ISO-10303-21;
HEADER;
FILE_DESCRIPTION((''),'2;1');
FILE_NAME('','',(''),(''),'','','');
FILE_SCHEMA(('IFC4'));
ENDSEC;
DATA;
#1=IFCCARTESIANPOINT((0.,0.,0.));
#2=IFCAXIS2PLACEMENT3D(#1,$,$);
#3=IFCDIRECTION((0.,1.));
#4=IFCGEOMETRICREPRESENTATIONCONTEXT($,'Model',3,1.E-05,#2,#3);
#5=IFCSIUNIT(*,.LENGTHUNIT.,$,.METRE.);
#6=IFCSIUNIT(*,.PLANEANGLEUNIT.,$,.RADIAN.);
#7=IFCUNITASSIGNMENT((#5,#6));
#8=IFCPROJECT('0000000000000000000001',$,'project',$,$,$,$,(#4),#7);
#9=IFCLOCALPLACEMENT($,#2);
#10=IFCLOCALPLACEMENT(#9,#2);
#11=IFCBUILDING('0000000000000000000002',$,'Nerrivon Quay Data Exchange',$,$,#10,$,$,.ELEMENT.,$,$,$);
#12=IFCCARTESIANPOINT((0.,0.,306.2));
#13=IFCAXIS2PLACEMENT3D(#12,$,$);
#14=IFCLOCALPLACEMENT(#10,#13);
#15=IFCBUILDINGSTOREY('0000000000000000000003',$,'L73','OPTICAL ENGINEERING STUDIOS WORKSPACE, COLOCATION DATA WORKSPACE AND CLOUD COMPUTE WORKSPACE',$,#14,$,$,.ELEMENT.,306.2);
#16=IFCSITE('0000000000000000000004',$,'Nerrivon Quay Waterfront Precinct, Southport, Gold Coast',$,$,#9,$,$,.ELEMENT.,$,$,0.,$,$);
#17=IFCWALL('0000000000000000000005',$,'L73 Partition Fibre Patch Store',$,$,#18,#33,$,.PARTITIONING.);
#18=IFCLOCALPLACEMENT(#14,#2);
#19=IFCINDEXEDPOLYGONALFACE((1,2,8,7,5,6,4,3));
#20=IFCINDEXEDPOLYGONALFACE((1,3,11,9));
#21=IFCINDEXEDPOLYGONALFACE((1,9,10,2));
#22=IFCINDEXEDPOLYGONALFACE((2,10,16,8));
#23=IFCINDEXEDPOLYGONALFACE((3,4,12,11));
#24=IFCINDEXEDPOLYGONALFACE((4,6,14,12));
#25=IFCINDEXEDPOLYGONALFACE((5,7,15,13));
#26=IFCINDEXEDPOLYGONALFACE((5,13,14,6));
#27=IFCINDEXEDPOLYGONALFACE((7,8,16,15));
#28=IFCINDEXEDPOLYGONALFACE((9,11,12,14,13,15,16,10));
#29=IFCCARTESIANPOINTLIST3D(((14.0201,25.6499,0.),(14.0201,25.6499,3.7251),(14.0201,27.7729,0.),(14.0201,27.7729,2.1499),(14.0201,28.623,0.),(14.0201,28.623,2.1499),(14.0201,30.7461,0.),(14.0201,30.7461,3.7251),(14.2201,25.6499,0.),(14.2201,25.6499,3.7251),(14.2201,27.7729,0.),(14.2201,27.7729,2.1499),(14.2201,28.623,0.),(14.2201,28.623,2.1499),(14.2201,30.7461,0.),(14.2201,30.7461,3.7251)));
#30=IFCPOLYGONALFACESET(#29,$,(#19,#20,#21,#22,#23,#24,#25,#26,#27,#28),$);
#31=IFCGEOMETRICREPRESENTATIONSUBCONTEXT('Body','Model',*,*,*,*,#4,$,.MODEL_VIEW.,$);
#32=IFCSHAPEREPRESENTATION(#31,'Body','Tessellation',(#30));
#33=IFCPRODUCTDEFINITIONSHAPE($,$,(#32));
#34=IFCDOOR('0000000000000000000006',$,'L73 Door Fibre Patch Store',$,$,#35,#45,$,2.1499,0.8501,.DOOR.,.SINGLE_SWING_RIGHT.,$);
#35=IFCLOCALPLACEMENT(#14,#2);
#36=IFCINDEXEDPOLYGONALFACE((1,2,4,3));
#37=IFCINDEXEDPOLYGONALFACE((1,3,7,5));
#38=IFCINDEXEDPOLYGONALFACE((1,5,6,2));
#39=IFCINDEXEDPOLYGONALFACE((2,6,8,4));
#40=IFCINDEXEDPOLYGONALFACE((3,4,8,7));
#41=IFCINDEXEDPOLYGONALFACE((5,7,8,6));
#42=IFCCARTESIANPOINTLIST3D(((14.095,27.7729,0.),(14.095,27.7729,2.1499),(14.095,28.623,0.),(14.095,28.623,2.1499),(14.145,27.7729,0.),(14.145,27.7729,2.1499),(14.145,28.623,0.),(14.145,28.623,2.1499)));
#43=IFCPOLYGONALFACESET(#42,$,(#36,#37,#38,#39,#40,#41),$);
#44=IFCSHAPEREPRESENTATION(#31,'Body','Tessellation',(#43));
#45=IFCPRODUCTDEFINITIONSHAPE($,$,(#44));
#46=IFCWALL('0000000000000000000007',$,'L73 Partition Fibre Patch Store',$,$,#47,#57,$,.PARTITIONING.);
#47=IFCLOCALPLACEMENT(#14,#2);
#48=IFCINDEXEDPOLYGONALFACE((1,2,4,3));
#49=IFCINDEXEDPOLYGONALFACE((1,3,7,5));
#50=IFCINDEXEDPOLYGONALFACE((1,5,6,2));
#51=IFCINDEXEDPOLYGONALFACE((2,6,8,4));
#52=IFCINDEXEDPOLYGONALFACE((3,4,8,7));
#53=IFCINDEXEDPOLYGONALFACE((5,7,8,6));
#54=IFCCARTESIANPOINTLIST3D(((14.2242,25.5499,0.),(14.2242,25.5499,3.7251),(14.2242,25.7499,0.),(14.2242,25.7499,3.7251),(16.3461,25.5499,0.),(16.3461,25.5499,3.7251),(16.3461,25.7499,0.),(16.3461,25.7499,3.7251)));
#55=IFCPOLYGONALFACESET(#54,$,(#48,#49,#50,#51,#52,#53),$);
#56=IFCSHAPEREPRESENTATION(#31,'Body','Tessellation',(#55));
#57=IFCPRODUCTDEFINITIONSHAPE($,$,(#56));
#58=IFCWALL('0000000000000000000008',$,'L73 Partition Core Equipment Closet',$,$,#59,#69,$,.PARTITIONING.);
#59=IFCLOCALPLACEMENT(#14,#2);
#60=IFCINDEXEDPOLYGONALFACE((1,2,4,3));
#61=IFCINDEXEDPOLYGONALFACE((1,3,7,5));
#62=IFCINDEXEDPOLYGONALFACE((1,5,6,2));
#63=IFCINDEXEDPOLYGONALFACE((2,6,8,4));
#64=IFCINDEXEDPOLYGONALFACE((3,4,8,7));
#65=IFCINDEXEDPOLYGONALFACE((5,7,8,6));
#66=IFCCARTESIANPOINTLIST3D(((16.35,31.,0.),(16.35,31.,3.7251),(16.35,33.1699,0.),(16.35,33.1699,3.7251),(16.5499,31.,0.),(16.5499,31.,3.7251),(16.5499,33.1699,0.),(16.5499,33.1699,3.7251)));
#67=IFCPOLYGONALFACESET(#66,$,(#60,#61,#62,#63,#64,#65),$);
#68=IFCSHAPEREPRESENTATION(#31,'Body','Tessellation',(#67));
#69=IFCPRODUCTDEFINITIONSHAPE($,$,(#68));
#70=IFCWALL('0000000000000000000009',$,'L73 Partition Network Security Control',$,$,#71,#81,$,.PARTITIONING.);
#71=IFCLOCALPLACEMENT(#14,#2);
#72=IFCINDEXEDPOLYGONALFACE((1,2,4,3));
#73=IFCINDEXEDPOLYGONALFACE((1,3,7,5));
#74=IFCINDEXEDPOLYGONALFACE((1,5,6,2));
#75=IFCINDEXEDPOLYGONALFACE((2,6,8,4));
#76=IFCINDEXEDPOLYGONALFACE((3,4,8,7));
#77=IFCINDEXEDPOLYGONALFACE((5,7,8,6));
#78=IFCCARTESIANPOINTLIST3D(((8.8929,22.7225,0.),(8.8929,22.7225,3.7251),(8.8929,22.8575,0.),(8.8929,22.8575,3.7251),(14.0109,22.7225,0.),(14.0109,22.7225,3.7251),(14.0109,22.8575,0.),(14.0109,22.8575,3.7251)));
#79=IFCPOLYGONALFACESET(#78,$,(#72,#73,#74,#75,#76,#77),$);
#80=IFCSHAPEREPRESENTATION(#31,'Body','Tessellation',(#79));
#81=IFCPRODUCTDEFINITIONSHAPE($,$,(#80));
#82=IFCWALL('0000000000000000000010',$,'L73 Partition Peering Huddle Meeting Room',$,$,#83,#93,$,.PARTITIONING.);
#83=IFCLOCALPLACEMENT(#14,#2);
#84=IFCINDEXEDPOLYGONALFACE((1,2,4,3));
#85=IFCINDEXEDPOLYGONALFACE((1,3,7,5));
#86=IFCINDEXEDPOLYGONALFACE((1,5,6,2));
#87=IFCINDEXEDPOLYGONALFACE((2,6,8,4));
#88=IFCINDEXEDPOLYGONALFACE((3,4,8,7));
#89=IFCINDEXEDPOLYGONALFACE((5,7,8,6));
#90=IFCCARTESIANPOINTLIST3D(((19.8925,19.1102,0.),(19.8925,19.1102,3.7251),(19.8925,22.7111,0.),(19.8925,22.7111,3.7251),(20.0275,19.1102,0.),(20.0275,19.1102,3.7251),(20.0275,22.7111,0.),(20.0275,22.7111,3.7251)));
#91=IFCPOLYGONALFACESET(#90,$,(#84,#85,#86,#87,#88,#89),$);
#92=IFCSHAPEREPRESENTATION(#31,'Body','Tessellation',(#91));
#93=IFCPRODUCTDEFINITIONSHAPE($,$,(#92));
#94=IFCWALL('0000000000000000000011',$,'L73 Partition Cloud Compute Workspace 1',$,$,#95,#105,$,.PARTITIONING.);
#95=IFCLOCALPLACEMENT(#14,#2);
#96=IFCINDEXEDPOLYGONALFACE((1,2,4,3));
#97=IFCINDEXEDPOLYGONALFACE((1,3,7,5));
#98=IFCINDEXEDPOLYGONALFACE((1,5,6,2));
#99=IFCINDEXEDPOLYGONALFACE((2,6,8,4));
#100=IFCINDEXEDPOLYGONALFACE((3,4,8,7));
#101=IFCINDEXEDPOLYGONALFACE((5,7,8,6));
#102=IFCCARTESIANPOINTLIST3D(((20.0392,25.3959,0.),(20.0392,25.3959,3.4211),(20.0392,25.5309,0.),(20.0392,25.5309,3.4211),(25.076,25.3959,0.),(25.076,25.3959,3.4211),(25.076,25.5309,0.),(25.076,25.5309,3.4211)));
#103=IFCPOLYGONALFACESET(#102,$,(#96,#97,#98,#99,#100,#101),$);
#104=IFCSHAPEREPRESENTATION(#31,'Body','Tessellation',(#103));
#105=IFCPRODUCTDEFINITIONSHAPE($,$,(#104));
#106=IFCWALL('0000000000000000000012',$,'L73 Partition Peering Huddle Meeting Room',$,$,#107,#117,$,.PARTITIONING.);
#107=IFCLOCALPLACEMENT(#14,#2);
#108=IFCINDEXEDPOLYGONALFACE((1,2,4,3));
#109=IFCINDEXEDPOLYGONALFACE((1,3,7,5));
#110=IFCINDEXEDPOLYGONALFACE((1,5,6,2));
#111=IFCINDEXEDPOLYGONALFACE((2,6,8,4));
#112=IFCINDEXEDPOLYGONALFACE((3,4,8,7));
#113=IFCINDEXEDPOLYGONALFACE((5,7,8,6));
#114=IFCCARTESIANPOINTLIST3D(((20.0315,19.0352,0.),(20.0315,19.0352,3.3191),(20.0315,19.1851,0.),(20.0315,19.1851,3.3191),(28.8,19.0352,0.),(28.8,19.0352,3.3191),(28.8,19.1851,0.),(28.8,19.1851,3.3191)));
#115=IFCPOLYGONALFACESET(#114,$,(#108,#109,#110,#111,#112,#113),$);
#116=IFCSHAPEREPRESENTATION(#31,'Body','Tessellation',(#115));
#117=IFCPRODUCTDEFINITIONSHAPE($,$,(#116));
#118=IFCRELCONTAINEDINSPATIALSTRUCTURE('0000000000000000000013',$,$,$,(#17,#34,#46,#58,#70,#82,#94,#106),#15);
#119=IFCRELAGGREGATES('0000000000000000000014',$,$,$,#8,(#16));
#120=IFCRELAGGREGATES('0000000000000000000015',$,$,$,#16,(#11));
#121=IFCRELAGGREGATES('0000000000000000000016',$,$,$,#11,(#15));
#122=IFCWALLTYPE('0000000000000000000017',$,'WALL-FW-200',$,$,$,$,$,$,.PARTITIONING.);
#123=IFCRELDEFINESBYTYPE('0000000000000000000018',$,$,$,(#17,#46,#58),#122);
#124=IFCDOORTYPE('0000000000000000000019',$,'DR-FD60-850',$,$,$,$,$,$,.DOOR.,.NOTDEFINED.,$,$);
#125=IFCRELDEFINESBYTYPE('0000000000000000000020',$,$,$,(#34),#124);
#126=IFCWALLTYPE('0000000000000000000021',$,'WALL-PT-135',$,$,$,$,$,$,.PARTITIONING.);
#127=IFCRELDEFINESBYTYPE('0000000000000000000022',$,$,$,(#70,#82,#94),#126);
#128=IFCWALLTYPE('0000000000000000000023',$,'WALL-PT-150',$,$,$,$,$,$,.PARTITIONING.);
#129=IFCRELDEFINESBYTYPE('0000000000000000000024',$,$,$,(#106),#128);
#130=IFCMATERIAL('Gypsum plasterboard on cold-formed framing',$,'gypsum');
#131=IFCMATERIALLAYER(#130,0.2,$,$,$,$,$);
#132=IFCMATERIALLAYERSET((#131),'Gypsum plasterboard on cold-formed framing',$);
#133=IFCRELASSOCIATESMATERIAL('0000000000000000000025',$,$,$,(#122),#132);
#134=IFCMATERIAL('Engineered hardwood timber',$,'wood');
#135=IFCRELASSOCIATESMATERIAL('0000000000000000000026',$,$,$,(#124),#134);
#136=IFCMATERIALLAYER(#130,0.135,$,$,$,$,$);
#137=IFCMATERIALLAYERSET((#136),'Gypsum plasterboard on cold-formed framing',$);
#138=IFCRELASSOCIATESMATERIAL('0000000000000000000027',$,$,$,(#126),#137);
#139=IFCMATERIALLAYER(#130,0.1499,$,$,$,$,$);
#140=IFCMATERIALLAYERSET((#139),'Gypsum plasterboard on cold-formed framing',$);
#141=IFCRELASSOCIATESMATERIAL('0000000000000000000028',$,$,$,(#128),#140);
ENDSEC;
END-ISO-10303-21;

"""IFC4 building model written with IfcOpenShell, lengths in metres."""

from ifc_helpers import new_model, si_unit, direction, frame, frame_2d, origin, place, context, subcontext, project, spatial, rectangle, extrude, material, layer, layer_set, type_object, element, fill, save


model = new_model("IFC4")

# Units and contexts
model_context = context("Model", 3, precision=1e-05, world=origin(), true_north=direction((0.0, 1.0)))
body_context = subcontext(model_context, "Body", "Model", "MODEL_VIEW")
ifc_project = project(units=[si_unit("LENGTHUNIT", "METRE"), si_unit("PLANEANGLEUNIT", "RADIAN")], contexts=[model_context])

# Site, building, storey
site_placement = place(None, origin())
site = spatial("IfcSite", under=ifc_project, at=site_placement, Name="Nerrivon Quay Waterfront Precinct, Southport, Gold Coast", CompositionType="ELEMENT", RefElevation=0.0)
building_placement = place(site_placement, origin())
building = spatial("IfcBuilding", under=site, at=building_placement, Name="Nerrivon Quay Data Exchange", CompositionType="ELEMENT")
storey_placement = place(building_placement, frame((0.0, 0.0, 306.2)))
storey = spatial("IfcBuildingStorey", under=building, at=storey_placement, Name="L73", Description="OPTICAL ENGINEERING STUDIOS WORKSPACE, COLOCATION DATA WORKSPACE AND CLOUD COMPUTE WORKSPACE", CompositionType="ELEMENT", Elevation=306.2)

# Shared definitions
ifc_material_1 = material(Name="Gypsum plasterboard on cold-formed framing", Category="gypsum")
ifc_layer_1 = layer(ifc_material_1, 0.2)
ifc_layer_set_1 = layer_set([ifc_layer_1], Name="Gypsum plasterboard on cold-formed framing")
wall_type_1 = type_object("IfcWallType", Name="WALL-FW-200", PredefinedType="PARTITIONING", material=ifc_layer_set_1)

# Wall, opening, door
wall_1_placement = place(storey_placement, frame((14.1201, 30.7461, 0.0), z_axis=(0.0, 0.0, 1.0), x_axis=(0.0, -1.0, 0.0)))
wall_1 = element("IfcWall", 1, at=wall_1_placement, inside=storey, type_object=wall_type_1, Name="L73 Partition Fibre Patch Store", PredefinedType="PARTITIONING", context=body_context, shape_type="SweptSolid", body=[
    extrude(rectangle(XDim=5.0962, YDim=0.2, at=frame_2d((2.5481, 0.0))), origin(), (0.0, 0.0, 1.0), 3.7251),
])
opening_1_placement = place(wall_1_placement, frame((2.123, 0.0, 0.0)))
opening_1 = element("IfcOpeningElement", 2, at=opening_1_placement, cuts=wall_1, PredefinedType="OPENING", context=body_context, shape_type="SweptSolid", body=[
    extrude(rectangle(XDim=0.8501, YDim=2.1499, at=frame_2d((0.425, 1.075))), frame((0.0, 0.1099, 0.0), z_axis=(0.0, -1.0, 0.0), x_axis=(1.0, 0.0, 0.0)), (0.0, 0.0, 1.0), 0.22),
])
ifc_material_2 = material(Name="Engineered hardwood timber", Category="wood")
door_type = type_object("IfcDoorType", Name="DR-FD60-850", OperationType="NOTDEFINED", PredefinedType="DOOR", material=ifc_material_2)
door_1_placement = place(opening_1_placement, origin())
door_1 = element("IfcDoor", 3, at=door_1_placement, inside=storey, type_object=door_type, Name="L73 Door Fibre Patch Store", OperationType="SINGLE_SWING_RIGHT", OverallHeight=2.1499, OverallWidth=0.8501, PredefinedType="DOOR", context=body_context, shape_type="SweptSolid", body=[
    extrude(rectangle(XDim=0.8501, YDim=2.1499, at=frame_2d((0.425, 1.075))), frame((0.0, 0.0249, 0.0), z_axis=(0.0, -1.0, 0.0), x_axis=(1.0, 0.0, 0.0)), (0.0, 0.0, 1.0), 0.05),
])
fill(opening_1, door_1)

# Wall
wall_2_placement = place(storey_placement, frame((14.2241, 25.6499, 0.0), z_axis=(0.0, 0.0, 1.0), x_axis=(1.0, 0.0, 0.0)))
element("IfcWall", 4, at=wall_2_placement, inside=storey, type_object=wall_type_1, Name="L73 Partition Fibre Patch Store", PredefinedType="PARTITIONING", context=body_context, shape_type="SweptSolid", body=[
    extrude(rectangle(XDim=2.1218, YDim=0.2, at=frame_2d((1.061, 0.0))), origin(), (0.0, 0.0, 1.0), 3.7251),
])

# Walls
wall_3_placement = place(storey_placement, frame((16.45, 31.0, 0.0), z_axis=(0.0, 0.0, 1.0), x_axis=(0.0, 1.0, 0.0)))
element("IfcWall", 5, at=wall_3_placement, inside=storey, type_object=wall_type_1, Name="L73 Partition Core Equipment Closet", PredefinedType="PARTITIONING", context=body_context, shape_type="SweptSolid", body=[
    extrude(rectangle(XDim=2.1699, YDim=0.2, at=frame_2d((1.085, 0.0))), origin(), (0.0, 0.0, 1.0), 3.7251),
])
ifc_layer_2 = layer(ifc_material_1, 0.135)
ifc_layer_set_2 = layer_set([ifc_layer_2], Name="Gypsum plasterboard on cold-formed framing")
wall_type_2 = type_object("IfcWallType", Name="WALL-PT-135", PredefinedType="PARTITIONING", material=ifc_layer_set_2)
wall_4_placement = place(storey_placement, frame((14.011, 22.79, 0.0), z_axis=(0.0, 0.0, 1.0), x_axis=(-1.0, 0.0, 0.0)))
element("IfcWall", 6, at=wall_4_placement, inside=storey, type_object=wall_type_2, Name="L73 Partition Network Security Control", PredefinedType="PARTITIONING", context=body_context, shape_type="SweptSolid", body=[
    extrude(rectangle(XDim=5.1179, YDim=0.135, at=frame_2d((2.5591, 0.0))), origin(), (0.0, 0.0, 1.0), 3.7251),
])
wall_5_placement = place(storey_placement, frame((19.96, 22.7109, 0.0), z_axis=(0.0, 0.0, 1.0), x_axis=(0.0, -1.0, 0.0)))
element("IfcWall", 7, at=wall_5_placement, inside=storey, type_object=wall_type_2, Name="L73 Partition Peering Huddle Meeting Room", PredefinedType="PARTITIONING", context=body_context, shape_type="SweptSolid", body=[
    extrude(rectangle(XDim=3.6008, YDim=0.135, at=frame_2d((1.8003, 0.0))), origin(), (0.0, 0.0, 1.0), 3.7251),
])
wall_6_placement = place(storey_placement, frame((20.0391, 25.4634, 0.0), z_axis=(0.0, 0.0, 1.0), x_axis=(1.0, 0.0, 0.0)))
element("IfcWall", 8, at=wall_6_placement, inside=storey, type_object=wall_type_2, Name="L73 Partition Cloud Compute Workspace 1", PredefinedType="PARTITIONING", context=body_context, shape_type="SweptSolid", body=[
    extrude(rectangle(XDim=5.0369, YDim=0.135, at=frame_2d((2.5186, 0.0))), origin(), (0.0, 0.0, 1.0), 3.4211),
])
ifc_layer_3 = layer(ifc_material_1, 0.1499)
ifc_layer_set_3 = layer_set([ifc_layer_3], Name="Gypsum plasterboard on cold-formed framing")
wall_type_3 = type_object("IfcWallType", Name="WALL-PT-150", PredefinedType="PARTITIONING", material=ifc_layer_set_3)
wall_7_placement = place(storey_placement, frame((20.0315, 19.1101, 0.0), z_axis=(0.0, 0.0, 1.0), x_axis=(1.0, 0.0, 0.0)))
element("IfcWall", 9, at=wall_7_placement, inside=storey, type_object=wall_type_3, Name="L73 Partition Peering Huddle Meeting Room", PredefinedType="PARTITIONING", context=body_context, shape_type="SweptSolid", body=[
    extrude(rectangle(XDim=8.7686, YDim=0.1499, at=frame_2d((4.3843, 0.0))), origin(), (0.0, 0.0, 1.0), 3.3191),
])

save(model, "model.ifc")
